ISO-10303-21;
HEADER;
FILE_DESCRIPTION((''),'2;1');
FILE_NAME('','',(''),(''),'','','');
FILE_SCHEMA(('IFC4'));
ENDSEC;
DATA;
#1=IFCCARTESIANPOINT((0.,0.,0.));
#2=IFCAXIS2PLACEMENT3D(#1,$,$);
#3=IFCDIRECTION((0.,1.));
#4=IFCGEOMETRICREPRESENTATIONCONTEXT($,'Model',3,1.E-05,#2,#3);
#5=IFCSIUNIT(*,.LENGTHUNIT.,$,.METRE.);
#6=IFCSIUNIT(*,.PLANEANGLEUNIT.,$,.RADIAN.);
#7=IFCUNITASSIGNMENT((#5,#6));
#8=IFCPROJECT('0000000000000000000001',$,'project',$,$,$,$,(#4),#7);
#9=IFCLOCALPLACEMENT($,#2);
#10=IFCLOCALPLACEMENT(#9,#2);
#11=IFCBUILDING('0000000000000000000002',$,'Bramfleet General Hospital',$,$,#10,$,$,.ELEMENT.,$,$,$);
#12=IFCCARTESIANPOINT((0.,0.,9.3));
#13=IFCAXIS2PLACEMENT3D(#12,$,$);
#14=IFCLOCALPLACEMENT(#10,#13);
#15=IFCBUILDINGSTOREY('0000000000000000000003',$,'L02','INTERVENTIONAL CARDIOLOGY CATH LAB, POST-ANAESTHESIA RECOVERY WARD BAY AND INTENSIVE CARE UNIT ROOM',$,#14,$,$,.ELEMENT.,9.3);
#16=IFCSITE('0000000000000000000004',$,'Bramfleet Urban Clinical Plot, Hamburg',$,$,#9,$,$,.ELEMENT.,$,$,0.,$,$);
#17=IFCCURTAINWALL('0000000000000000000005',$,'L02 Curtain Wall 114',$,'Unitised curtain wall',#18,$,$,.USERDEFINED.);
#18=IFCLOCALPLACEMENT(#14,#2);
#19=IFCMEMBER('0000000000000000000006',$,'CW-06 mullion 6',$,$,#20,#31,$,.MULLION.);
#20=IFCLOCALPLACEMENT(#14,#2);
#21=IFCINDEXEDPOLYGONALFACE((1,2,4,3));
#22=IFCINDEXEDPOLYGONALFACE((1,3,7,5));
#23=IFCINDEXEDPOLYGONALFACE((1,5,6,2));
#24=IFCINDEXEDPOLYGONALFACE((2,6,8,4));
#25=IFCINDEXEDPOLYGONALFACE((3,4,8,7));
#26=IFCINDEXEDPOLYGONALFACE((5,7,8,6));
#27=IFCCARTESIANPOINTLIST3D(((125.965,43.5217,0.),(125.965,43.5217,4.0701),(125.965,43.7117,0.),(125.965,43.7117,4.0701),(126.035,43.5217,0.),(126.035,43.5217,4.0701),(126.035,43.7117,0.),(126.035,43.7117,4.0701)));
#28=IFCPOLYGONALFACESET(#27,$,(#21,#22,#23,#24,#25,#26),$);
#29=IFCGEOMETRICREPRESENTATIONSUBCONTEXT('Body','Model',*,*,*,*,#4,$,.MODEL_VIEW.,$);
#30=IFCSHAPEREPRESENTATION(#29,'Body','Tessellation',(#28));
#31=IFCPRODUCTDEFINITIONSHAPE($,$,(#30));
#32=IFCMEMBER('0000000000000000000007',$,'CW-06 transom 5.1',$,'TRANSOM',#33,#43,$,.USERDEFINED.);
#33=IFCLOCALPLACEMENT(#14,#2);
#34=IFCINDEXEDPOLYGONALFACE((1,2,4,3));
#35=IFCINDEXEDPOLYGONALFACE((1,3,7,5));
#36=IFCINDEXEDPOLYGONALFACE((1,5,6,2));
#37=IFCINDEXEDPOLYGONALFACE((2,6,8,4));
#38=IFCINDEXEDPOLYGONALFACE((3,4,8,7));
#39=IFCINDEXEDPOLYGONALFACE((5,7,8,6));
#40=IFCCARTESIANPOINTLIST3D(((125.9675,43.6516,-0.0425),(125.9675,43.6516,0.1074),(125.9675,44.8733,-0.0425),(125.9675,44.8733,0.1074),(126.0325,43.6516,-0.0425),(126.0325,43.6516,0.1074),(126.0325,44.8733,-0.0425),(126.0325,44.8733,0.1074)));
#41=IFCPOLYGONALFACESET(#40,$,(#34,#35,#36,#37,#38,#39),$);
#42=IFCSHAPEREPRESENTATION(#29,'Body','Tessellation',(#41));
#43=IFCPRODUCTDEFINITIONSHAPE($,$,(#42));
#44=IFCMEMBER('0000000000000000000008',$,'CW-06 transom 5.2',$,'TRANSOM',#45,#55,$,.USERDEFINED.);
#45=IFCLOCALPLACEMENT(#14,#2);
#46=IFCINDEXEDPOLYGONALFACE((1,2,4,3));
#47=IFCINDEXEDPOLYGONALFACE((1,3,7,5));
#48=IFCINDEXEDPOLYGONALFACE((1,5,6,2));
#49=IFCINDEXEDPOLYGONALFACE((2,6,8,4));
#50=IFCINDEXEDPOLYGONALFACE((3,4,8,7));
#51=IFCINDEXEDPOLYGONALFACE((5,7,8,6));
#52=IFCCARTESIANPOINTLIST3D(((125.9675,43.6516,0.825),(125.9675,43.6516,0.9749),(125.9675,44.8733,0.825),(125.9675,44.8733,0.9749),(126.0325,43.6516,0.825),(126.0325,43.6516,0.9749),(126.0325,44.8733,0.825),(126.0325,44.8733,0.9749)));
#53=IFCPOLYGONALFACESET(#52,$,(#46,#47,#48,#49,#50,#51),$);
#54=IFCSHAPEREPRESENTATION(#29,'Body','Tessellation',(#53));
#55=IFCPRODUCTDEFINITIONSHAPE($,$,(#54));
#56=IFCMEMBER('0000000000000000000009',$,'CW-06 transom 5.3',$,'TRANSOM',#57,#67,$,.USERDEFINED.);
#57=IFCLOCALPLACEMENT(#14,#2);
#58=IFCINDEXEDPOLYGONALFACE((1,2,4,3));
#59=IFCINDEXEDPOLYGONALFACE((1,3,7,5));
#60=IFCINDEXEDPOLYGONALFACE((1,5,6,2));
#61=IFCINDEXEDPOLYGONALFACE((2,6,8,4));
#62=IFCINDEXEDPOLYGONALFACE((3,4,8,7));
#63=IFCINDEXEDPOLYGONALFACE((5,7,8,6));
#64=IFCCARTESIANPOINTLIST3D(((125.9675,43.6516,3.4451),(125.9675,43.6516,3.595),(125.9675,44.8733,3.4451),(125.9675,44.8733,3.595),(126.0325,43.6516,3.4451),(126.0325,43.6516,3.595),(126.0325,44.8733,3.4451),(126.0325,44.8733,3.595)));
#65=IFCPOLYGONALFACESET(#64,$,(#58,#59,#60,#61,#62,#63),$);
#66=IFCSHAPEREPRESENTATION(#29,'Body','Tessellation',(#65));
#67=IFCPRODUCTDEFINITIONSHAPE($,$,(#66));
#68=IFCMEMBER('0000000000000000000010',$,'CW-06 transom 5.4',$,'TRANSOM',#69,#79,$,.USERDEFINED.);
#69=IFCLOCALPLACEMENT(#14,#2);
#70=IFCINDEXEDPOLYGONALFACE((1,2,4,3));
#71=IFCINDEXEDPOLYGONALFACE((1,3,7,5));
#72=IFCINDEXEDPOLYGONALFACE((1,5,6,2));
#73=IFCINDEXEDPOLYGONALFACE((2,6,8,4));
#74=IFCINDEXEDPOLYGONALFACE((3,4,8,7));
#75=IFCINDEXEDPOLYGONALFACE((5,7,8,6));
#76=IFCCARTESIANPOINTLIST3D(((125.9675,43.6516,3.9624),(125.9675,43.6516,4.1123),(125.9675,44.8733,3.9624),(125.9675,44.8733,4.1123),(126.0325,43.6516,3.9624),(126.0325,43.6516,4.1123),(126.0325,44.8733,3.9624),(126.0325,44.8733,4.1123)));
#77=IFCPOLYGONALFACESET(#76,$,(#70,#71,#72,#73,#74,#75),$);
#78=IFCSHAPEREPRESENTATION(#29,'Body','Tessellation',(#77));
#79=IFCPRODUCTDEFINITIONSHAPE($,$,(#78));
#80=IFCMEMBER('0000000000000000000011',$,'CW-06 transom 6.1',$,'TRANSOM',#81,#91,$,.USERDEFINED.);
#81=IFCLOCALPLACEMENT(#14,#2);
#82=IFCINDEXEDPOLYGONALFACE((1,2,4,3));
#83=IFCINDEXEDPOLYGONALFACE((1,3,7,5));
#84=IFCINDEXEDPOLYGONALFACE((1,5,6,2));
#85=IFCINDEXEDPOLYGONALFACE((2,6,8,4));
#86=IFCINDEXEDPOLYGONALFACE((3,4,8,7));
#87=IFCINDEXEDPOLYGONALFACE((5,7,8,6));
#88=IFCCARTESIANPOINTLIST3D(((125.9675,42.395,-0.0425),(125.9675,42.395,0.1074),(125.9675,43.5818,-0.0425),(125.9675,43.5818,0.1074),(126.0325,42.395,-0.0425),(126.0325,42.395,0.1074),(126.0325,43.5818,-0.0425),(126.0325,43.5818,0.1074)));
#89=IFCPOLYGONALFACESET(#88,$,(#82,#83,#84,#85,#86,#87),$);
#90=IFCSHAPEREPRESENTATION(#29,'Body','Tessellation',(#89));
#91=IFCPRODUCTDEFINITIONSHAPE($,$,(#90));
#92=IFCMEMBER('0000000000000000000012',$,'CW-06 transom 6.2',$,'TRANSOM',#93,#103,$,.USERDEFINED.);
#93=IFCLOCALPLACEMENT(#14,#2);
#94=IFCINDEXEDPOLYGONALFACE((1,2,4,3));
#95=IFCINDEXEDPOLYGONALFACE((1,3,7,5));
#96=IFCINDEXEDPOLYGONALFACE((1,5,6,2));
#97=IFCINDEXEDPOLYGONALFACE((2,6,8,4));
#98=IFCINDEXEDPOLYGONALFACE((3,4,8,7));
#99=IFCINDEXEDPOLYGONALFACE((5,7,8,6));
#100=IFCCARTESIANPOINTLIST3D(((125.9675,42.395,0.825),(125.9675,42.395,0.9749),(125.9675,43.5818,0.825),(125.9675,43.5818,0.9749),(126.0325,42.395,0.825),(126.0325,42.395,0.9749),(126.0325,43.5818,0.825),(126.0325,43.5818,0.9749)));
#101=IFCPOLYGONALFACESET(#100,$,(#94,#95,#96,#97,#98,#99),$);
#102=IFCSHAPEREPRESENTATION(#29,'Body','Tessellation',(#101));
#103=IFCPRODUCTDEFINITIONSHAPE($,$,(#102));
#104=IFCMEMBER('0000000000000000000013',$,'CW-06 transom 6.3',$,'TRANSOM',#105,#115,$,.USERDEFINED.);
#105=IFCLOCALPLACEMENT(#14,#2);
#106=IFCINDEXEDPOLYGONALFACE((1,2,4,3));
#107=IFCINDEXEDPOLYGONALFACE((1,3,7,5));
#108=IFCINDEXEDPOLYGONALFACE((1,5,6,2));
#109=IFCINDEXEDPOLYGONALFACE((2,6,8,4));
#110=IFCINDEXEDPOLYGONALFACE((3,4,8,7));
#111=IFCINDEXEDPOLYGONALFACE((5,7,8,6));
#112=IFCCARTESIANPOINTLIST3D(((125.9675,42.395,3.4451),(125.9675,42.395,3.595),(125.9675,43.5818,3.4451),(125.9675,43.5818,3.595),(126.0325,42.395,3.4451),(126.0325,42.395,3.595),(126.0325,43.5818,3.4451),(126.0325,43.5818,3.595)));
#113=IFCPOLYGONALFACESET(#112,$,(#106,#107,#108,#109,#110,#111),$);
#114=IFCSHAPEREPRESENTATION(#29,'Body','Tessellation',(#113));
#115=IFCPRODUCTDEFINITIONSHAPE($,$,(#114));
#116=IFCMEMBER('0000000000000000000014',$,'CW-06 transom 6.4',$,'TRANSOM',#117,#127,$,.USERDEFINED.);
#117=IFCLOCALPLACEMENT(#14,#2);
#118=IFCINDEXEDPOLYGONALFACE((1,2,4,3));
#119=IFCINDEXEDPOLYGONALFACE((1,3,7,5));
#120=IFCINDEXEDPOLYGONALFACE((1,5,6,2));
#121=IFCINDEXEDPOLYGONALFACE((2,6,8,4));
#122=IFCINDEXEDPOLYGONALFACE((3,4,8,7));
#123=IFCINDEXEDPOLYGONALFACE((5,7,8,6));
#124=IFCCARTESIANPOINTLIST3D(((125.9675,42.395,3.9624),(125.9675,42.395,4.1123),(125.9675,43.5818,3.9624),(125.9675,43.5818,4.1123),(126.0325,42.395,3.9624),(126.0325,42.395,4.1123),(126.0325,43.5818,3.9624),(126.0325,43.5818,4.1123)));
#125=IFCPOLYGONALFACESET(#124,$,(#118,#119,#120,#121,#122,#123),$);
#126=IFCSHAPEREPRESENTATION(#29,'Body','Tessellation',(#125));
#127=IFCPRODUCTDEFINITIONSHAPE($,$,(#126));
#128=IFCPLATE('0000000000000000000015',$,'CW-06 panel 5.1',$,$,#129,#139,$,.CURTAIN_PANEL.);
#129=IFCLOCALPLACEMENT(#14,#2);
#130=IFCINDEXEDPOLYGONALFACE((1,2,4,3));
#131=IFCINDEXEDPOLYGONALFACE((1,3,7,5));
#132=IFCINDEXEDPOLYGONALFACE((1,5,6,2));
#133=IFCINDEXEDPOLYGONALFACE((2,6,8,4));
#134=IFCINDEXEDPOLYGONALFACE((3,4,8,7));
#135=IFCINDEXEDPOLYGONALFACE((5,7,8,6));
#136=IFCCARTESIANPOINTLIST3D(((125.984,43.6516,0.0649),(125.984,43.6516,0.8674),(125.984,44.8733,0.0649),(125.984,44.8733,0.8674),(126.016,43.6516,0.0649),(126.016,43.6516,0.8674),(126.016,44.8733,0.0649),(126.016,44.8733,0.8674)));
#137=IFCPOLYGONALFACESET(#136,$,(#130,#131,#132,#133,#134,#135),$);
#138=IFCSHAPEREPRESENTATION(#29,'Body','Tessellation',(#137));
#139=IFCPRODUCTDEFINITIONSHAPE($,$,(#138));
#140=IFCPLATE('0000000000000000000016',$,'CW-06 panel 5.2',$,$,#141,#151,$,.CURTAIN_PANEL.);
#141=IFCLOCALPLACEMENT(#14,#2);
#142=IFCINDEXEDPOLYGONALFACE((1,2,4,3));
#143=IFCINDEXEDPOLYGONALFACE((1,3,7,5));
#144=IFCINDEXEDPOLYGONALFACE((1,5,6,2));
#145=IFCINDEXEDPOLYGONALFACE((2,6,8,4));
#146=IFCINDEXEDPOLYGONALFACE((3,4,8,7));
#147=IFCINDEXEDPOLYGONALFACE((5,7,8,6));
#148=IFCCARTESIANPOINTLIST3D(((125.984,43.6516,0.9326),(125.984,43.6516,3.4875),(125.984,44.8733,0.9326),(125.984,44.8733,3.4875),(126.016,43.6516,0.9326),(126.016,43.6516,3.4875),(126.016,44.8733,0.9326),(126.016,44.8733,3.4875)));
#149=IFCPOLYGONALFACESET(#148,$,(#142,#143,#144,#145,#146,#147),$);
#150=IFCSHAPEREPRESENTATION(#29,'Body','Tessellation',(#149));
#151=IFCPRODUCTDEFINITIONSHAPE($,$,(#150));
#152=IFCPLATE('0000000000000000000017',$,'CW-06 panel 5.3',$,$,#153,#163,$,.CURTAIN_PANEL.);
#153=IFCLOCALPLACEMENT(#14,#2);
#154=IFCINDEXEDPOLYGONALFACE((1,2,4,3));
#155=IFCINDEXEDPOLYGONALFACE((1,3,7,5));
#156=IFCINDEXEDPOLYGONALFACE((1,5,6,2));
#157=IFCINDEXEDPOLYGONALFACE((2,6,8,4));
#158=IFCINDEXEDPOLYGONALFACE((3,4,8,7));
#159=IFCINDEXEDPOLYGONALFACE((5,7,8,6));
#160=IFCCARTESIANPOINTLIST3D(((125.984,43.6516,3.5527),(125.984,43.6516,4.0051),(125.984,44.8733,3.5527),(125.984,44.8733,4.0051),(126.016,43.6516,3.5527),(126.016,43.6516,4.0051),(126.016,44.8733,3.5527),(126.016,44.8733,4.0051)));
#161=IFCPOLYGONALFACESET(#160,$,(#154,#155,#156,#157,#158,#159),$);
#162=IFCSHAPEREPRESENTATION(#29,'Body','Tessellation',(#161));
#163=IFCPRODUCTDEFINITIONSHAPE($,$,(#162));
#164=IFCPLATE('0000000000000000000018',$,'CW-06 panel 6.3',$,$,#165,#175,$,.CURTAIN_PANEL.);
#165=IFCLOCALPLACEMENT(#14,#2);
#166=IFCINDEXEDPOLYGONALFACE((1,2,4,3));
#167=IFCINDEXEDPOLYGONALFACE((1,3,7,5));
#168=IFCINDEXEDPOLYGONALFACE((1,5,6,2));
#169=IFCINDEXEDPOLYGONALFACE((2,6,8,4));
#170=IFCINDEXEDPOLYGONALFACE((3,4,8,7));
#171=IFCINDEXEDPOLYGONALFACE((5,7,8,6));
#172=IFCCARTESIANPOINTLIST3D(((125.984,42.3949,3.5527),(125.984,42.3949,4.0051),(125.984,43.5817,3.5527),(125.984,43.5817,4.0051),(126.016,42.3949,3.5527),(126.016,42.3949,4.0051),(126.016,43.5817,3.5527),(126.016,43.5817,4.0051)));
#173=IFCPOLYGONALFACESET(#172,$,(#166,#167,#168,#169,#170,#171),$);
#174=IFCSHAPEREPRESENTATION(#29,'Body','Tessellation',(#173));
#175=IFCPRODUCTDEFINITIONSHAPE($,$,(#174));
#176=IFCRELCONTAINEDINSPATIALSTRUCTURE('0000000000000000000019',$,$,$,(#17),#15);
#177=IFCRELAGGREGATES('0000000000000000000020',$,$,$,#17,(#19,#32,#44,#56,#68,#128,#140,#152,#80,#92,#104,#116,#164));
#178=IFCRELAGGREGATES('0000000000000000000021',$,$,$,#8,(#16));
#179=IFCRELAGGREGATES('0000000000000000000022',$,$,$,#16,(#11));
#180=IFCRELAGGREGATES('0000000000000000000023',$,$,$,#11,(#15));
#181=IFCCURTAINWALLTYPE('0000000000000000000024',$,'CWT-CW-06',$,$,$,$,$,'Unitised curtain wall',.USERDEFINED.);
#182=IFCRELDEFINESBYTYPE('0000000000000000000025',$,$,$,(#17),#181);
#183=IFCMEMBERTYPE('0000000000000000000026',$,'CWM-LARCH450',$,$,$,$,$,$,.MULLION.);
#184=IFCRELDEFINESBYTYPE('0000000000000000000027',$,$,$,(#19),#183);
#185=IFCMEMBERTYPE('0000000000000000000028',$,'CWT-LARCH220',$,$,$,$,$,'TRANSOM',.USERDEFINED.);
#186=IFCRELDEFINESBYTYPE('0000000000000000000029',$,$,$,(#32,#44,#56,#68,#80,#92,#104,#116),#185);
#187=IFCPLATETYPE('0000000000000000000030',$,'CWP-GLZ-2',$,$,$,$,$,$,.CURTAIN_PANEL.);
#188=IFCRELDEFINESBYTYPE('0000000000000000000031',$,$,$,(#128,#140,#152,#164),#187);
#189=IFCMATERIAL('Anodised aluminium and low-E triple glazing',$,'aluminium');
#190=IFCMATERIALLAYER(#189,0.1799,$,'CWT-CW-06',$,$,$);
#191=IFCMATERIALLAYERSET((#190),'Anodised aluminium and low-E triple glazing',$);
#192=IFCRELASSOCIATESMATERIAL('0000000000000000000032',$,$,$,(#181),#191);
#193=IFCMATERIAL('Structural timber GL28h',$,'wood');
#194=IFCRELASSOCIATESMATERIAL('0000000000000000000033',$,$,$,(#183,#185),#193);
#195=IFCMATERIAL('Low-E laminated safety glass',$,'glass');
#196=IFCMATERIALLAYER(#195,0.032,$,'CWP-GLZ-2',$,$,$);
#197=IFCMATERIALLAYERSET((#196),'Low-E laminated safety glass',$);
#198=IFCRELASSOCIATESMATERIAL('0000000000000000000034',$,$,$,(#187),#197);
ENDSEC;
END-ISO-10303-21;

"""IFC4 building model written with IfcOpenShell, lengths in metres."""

from ifc_helpers import new_model, si_unit, direction, frame, origin, origin_2d, place, context, subcontext, project, spatial, rectangle, extrude, material, layer, layer_set, material_profile, profile_set, type_object, element, aggregate, save


model = new_model("IFC4")

# Units and contexts
model_context = context("Model", 3, precision=1e-05, world=origin(), true_north=direction((0.0, 1.0)))
body_context = subcontext(model_context, "Body", "Model", "MODEL_VIEW")
ifc_project = project(units=[si_unit("LENGTHUNIT", "METRE"), si_unit("PLANEANGLEUNIT", "RADIAN")], contexts=[model_context])

# Site, building, storey
site_placement = place(None, origin())
site = spatial("IfcSite", under=ifc_project, at=site_placement, Name="Bramfleet Urban Clinical Plot, Hamburg", CompositionType="ELEMENT", RefElevation=0.0)
building_placement = place(site_placement, origin())
building = spatial("IfcBuilding", under=site, at=building_placement, Name="Bramfleet General Hospital", CompositionType="ELEMENT")
storey_placement = place(building_placement, frame((0.0, 0.0, 9.3)))
storey = spatial("IfcBuildingStorey", under=building, at=storey_placement, Name="L02", Description="INTERVENTIONAL CARDIOLOGY CATH LAB, POST-ANAESTHESIA RECOVERY WARD BAY AND INTENSIVE CARE UNIT ROOM", CompositionType="ELEMENT", Elevation=9.3)

# Curtain wall, members, plates
ifc_material_1 = material(Name="Anodised aluminium and low-E triple glazing", Category="aluminium")
ifc_layer_1 = layer(ifc_material_1, 0.1799, Name="CWT-CW-06")
ifc_layer_set_1 = layer_set([ifc_layer_1], Name="Anodised aluminium and low-E triple glazing")
curtain_wall_type = type_object("IfcCurtainWallType", Name="CWT-CW-06", ElementType="Unitised curtain wall", PredefinedType="USERDEFINED", material=ifc_layer_set_1)
curtain_wall_placement = place(storey_placement, origin())
curtain_wall = element("IfcCurtainWall", 1, at=curtain_wall_placement, inside=storey, type_object=curtain_wall_type, Name="L02 Curtain Wall 114", ObjectType="Unitised curtain wall", PredefinedType="USERDEFINED")
ifc_material_2 = material(Name="Structural timber GL28h", Category="wood")
ifc_material_profile_1 = material_profile(ifc_material_2, rectangle(XDim=0.0701, YDim=0.1899, at=origin_2d()), Name="LARCH 190x70")
ifc_profile_set_1 = profile_set([ifc_material_profile_1], Name="Structural timber GL28h")
member_type_1 = type_object("IfcMemberType", Name="CWM-LARCH450", PredefinedType="MULLION", material=ifc_profile_set_1)
member_1_placement = place(storey_placement, frame((126.0, 43.6167, 0.0), z_axis=(0.0, 0.0, 1.0), x_axis=(1.0, 0.0, 0.0)))
member_1 = element("IfcMember", 2, at=member_1_placement, type_object=member_type_1, Name="CW-06 mullion 6", PredefinedType="MULLION", context=body_context, shape_type="SweptSolid", body=[
    extrude(rectangle(XDim=0.0701, YDim=0.1899, at=origin_2d()), origin(), (0.0, 0.0, 1.0), 4.0701),
])
ifc_material_profile_2 = material_profile(ifc_material_2, rectangle(XDim=0.0649, YDim=0.1499, at=origin_2d()), Name="LARCH 150x65")
ifc_profile_set_2 = profile_set([ifc_material_profile_2], Name="Structural timber GL28h")
member_type_2 = type_object("IfcMemberType", Name="CWT-LARCH220", ElementType="TRANSOM", PredefinedType="USERDEFINED", material=ifc_profile_set_2)
member_2_placement = place(storey_placement, frame((126.0, 44.8733, 0.0325), z_axis=(0.0, -1.0, 0.0), x_axis=(1.0, 0.0, 0.0)))
member_2 = element("IfcMember", 3, at=member_2_placement, type_object=member_type_2, Name="CW-06 transom 5.1", ObjectType="TRANSOM", PredefinedType="USERDEFINED", context=body_context, shape_type="SweptSolid", body=[
    extrude(rectangle(XDim=0.0649, YDim=0.1499, at=origin_2d()), origin(), (0.0, 0.0, 1.0), 1.2217),
])
member_3_placement = place(storey_placement, frame((126.0, 44.8733, 0.8999), z_axis=(0.0, -1.0, 0.0), x_axis=(1.0, 0.0, 0.0)))
member_3 = element("IfcMember", 4, at=member_3_placement, type_object=member_type_2, Name="CW-06 transom 5.2", ObjectType="TRANSOM", PredefinedType="USERDEFINED", context=body_context, shape_type="SweptSolid", body=[
    extrude(rectangle(XDim=0.0649, YDim=0.1499, at=origin_2d()), origin(), (0.0, 0.0, 1.0), 1.2217),
])
member_4_placement = place(storey_placement, frame((126.0, 44.8733, 3.52), z_axis=(0.0, -1.0, 0.0), x_axis=(1.0, 0.0, 0.0)))
member_4 = element("IfcMember", 5, at=member_4_placement, type_object=member_type_2, Name="CW-06 transom 5.3", ObjectType="TRANSOM", PredefinedType="USERDEFINED", context=body_context, shape_type="SweptSolid", body=[
    extrude(rectangle(XDim=0.0649, YDim=0.1499, at=origin_2d()), origin(), (0.0, 0.0, 1.0), 1.2217),
])
member_5_placement = place(storey_placement, frame((126.0, 44.8733, 4.0374), z_axis=(0.0, -1.0, 0.0), x_axis=(1.0, 0.0, 0.0)))
member_5 = element("IfcMember", 6, at=member_5_placement, type_object=member_type_2, Name="CW-06 transom 5.4", ObjectType="TRANSOM", PredefinedType="USERDEFINED", context=body_context, shape_type="SweptSolid", body=[
    extrude(rectangle(XDim=0.0649, YDim=0.1499, at=origin_2d()), origin(), (0.0, 0.0, 1.0), 1.2217),
])
member_6_placement = place(storey_placement, frame((126.0, 43.5818, 0.0325), z_axis=(0.0, -1.0, 0.0), x_axis=(1.0, 0.0, 0.0)))
member_6 = element("IfcMember", 7, at=member_6_placement, type_object=member_type_2, Name="CW-06 transom 6.1", ObjectType="TRANSOM", PredefinedType="USERDEFINED", context=body_context, shape_type="SweptSolid", body=[
    extrude(rectangle(XDim=0.0649, YDim=0.1499, at=origin_2d()), origin(), (0.0, 0.0, 1.0), 1.1868),
])
member_7_placement = place(storey_placement, frame((126.0, 43.5818, 0.8999), z_axis=(0.0, -1.0, 0.0), x_axis=(1.0, 0.0, 0.0)))
member_7 = element("IfcMember", 8, at=member_7_placement, type_object=member_type_2, Name="CW-06 transom 6.2", ObjectType="TRANSOM", PredefinedType="USERDEFINED", context=body_context, shape_type="SweptSolid", body=[
    extrude(rectangle(XDim=0.0649, YDim=0.1499, at=origin_2d()), origin(), (0.0, 0.0, 1.0), 1.1868),
])
member_8_placement = place(storey_placement, frame((126.0, 43.5818, 3.52), z_axis=(0.0, -1.0, 0.0), x_axis=(1.0, 0.0, 0.0)))
member_8 = element("IfcMember", 9, at=member_8_placement, type_object=member_type_2, Name="CW-06 transom 6.3", ObjectType="TRANSOM", PredefinedType="USERDEFINED", context=body_context, shape_type="SweptSolid", body=[
    extrude(rectangle(XDim=0.0649, YDim=0.1499, at=origin_2d()), origin(), (0.0, 0.0, 1.0), 1.1868),
])
member_9_placement = place(storey_placement, frame((126.0, 43.5818, 4.0374), z_axis=(0.0, -1.0, 0.0), x_axis=(1.0, 0.0, 0.0)))
member_9 = element("IfcMember", 10, at=member_9_placement, type_object=member_type_2, Name="CW-06 transom 6.4", ObjectType="TRANSOM", PredefinedType="USERDEFINED", context=body_context, shape_type="SweptSolid", body=[
    extrude(rectangle(XDim=0.0649, YDim=0.1499, at=origin_2d()), origin(), (0.0, 0.0, 1.0), 1.1868),
])
ifc_material_3 = material(Name="Low-E laminated safety glass", Category="glass")
ifc_layer_2 = layer(ifc_material_3, 0.032, Name="CWP-GLZ-2")
ifc_layer_set_2 = layer_set([ifc_layer_2], Name="Low-E laminated safety glass")
plate_type = type_object("IfcPlateType", Name="CWP-GLZ-2", PredefinedType="CURTAIN_PANEL", material=ifc_layer_set_2)
plate_1_placement = place(storey_placement, frame((126.0, 44.2625, 0.0649), z_axis=(0.0, 0.0, 1.0), x_axis=(0.0, -1.0, 0.0)))
plate_1 = element("IfcPlate", 11, at=plate_1_placement, type_object=plate_type, Name="CW-06 panel 5.1", PredefinedType="CURTAIN_PANEL", context=body_context, shape_type="SweptSolid", body=[
    extrude(rectangle(XDim=1.2217, YDim=0.032, at=origin_2d()), origin(), (0.0, 0.0, 1.0), 0.8025),
])
plate_2_placement = place(storey_placement, frame((126.0, 44.2625, 0.9326), z_axis=(0.0, 0.0, 1.0), x_axis=(0.0, -1.0, 0.0)))
plate_2 = element("IfcPlate", 12, at=plate_2_placement, type_object=plate_type, Name="CW-06 panel 5.2", PredefinedType="CURTAIN_PANEL", context=body_context, shape_type="SweptSolid", body=[
    extrude(rectangle(XDim=1.2217, YDim=0.032, at=origin_2d()), origin(), (0.0, 0.0, 1.0), 2.5549),
])
plate_3_placement = place(storey_placement, frame((126.0, 44.2625, 3.5527), z_axis=(0.0, 0.0, 1.0), x_axis=(0.0, -1.0, 0.0)))
plate_3 = element("IfcPlate", 13, at=plate_3_placement, type_object=plate_type, Name="CW-06 panel 5.3", PredefinedType="CURTAIN_PANEL", context=body_context, shape_type="SweptSolid", body=[
    extrude(rectangle(XDim=1.2217, YDim=0.032, at=origin_2d()), origin(), (0.0, 0.0, 1.0), 0.4524),
])
plate_4_placement = place(storey_placement, frame((126.0, 42.9883, 3.5527), z_axis=(0.0, 0.0, 1.0), x_axis=(0.0, -1.0, 0.0)))
plate_4 = element("IfcPlate", 14, at=plate_4_placement, type_object=plate_type, Name="CW-06 panel 6.3", PredefinedType="CURTAIN_PANEL", context=body_context, shape_type="SweptSolid", body=[
    extrude(rectangle(XDim=1.1868, YDim=0.032, at=origin_2d()), origin(), (0.0, 0.0, 1.0), 0.4524),
])
aggregate(curtain_wall, [member_1, member_2, member_3, member_4, member_5, plate_1, plate_2, plate_3, member_6, member_7, member_8, member_9, plate_4])

save(model, "model.ifc")
